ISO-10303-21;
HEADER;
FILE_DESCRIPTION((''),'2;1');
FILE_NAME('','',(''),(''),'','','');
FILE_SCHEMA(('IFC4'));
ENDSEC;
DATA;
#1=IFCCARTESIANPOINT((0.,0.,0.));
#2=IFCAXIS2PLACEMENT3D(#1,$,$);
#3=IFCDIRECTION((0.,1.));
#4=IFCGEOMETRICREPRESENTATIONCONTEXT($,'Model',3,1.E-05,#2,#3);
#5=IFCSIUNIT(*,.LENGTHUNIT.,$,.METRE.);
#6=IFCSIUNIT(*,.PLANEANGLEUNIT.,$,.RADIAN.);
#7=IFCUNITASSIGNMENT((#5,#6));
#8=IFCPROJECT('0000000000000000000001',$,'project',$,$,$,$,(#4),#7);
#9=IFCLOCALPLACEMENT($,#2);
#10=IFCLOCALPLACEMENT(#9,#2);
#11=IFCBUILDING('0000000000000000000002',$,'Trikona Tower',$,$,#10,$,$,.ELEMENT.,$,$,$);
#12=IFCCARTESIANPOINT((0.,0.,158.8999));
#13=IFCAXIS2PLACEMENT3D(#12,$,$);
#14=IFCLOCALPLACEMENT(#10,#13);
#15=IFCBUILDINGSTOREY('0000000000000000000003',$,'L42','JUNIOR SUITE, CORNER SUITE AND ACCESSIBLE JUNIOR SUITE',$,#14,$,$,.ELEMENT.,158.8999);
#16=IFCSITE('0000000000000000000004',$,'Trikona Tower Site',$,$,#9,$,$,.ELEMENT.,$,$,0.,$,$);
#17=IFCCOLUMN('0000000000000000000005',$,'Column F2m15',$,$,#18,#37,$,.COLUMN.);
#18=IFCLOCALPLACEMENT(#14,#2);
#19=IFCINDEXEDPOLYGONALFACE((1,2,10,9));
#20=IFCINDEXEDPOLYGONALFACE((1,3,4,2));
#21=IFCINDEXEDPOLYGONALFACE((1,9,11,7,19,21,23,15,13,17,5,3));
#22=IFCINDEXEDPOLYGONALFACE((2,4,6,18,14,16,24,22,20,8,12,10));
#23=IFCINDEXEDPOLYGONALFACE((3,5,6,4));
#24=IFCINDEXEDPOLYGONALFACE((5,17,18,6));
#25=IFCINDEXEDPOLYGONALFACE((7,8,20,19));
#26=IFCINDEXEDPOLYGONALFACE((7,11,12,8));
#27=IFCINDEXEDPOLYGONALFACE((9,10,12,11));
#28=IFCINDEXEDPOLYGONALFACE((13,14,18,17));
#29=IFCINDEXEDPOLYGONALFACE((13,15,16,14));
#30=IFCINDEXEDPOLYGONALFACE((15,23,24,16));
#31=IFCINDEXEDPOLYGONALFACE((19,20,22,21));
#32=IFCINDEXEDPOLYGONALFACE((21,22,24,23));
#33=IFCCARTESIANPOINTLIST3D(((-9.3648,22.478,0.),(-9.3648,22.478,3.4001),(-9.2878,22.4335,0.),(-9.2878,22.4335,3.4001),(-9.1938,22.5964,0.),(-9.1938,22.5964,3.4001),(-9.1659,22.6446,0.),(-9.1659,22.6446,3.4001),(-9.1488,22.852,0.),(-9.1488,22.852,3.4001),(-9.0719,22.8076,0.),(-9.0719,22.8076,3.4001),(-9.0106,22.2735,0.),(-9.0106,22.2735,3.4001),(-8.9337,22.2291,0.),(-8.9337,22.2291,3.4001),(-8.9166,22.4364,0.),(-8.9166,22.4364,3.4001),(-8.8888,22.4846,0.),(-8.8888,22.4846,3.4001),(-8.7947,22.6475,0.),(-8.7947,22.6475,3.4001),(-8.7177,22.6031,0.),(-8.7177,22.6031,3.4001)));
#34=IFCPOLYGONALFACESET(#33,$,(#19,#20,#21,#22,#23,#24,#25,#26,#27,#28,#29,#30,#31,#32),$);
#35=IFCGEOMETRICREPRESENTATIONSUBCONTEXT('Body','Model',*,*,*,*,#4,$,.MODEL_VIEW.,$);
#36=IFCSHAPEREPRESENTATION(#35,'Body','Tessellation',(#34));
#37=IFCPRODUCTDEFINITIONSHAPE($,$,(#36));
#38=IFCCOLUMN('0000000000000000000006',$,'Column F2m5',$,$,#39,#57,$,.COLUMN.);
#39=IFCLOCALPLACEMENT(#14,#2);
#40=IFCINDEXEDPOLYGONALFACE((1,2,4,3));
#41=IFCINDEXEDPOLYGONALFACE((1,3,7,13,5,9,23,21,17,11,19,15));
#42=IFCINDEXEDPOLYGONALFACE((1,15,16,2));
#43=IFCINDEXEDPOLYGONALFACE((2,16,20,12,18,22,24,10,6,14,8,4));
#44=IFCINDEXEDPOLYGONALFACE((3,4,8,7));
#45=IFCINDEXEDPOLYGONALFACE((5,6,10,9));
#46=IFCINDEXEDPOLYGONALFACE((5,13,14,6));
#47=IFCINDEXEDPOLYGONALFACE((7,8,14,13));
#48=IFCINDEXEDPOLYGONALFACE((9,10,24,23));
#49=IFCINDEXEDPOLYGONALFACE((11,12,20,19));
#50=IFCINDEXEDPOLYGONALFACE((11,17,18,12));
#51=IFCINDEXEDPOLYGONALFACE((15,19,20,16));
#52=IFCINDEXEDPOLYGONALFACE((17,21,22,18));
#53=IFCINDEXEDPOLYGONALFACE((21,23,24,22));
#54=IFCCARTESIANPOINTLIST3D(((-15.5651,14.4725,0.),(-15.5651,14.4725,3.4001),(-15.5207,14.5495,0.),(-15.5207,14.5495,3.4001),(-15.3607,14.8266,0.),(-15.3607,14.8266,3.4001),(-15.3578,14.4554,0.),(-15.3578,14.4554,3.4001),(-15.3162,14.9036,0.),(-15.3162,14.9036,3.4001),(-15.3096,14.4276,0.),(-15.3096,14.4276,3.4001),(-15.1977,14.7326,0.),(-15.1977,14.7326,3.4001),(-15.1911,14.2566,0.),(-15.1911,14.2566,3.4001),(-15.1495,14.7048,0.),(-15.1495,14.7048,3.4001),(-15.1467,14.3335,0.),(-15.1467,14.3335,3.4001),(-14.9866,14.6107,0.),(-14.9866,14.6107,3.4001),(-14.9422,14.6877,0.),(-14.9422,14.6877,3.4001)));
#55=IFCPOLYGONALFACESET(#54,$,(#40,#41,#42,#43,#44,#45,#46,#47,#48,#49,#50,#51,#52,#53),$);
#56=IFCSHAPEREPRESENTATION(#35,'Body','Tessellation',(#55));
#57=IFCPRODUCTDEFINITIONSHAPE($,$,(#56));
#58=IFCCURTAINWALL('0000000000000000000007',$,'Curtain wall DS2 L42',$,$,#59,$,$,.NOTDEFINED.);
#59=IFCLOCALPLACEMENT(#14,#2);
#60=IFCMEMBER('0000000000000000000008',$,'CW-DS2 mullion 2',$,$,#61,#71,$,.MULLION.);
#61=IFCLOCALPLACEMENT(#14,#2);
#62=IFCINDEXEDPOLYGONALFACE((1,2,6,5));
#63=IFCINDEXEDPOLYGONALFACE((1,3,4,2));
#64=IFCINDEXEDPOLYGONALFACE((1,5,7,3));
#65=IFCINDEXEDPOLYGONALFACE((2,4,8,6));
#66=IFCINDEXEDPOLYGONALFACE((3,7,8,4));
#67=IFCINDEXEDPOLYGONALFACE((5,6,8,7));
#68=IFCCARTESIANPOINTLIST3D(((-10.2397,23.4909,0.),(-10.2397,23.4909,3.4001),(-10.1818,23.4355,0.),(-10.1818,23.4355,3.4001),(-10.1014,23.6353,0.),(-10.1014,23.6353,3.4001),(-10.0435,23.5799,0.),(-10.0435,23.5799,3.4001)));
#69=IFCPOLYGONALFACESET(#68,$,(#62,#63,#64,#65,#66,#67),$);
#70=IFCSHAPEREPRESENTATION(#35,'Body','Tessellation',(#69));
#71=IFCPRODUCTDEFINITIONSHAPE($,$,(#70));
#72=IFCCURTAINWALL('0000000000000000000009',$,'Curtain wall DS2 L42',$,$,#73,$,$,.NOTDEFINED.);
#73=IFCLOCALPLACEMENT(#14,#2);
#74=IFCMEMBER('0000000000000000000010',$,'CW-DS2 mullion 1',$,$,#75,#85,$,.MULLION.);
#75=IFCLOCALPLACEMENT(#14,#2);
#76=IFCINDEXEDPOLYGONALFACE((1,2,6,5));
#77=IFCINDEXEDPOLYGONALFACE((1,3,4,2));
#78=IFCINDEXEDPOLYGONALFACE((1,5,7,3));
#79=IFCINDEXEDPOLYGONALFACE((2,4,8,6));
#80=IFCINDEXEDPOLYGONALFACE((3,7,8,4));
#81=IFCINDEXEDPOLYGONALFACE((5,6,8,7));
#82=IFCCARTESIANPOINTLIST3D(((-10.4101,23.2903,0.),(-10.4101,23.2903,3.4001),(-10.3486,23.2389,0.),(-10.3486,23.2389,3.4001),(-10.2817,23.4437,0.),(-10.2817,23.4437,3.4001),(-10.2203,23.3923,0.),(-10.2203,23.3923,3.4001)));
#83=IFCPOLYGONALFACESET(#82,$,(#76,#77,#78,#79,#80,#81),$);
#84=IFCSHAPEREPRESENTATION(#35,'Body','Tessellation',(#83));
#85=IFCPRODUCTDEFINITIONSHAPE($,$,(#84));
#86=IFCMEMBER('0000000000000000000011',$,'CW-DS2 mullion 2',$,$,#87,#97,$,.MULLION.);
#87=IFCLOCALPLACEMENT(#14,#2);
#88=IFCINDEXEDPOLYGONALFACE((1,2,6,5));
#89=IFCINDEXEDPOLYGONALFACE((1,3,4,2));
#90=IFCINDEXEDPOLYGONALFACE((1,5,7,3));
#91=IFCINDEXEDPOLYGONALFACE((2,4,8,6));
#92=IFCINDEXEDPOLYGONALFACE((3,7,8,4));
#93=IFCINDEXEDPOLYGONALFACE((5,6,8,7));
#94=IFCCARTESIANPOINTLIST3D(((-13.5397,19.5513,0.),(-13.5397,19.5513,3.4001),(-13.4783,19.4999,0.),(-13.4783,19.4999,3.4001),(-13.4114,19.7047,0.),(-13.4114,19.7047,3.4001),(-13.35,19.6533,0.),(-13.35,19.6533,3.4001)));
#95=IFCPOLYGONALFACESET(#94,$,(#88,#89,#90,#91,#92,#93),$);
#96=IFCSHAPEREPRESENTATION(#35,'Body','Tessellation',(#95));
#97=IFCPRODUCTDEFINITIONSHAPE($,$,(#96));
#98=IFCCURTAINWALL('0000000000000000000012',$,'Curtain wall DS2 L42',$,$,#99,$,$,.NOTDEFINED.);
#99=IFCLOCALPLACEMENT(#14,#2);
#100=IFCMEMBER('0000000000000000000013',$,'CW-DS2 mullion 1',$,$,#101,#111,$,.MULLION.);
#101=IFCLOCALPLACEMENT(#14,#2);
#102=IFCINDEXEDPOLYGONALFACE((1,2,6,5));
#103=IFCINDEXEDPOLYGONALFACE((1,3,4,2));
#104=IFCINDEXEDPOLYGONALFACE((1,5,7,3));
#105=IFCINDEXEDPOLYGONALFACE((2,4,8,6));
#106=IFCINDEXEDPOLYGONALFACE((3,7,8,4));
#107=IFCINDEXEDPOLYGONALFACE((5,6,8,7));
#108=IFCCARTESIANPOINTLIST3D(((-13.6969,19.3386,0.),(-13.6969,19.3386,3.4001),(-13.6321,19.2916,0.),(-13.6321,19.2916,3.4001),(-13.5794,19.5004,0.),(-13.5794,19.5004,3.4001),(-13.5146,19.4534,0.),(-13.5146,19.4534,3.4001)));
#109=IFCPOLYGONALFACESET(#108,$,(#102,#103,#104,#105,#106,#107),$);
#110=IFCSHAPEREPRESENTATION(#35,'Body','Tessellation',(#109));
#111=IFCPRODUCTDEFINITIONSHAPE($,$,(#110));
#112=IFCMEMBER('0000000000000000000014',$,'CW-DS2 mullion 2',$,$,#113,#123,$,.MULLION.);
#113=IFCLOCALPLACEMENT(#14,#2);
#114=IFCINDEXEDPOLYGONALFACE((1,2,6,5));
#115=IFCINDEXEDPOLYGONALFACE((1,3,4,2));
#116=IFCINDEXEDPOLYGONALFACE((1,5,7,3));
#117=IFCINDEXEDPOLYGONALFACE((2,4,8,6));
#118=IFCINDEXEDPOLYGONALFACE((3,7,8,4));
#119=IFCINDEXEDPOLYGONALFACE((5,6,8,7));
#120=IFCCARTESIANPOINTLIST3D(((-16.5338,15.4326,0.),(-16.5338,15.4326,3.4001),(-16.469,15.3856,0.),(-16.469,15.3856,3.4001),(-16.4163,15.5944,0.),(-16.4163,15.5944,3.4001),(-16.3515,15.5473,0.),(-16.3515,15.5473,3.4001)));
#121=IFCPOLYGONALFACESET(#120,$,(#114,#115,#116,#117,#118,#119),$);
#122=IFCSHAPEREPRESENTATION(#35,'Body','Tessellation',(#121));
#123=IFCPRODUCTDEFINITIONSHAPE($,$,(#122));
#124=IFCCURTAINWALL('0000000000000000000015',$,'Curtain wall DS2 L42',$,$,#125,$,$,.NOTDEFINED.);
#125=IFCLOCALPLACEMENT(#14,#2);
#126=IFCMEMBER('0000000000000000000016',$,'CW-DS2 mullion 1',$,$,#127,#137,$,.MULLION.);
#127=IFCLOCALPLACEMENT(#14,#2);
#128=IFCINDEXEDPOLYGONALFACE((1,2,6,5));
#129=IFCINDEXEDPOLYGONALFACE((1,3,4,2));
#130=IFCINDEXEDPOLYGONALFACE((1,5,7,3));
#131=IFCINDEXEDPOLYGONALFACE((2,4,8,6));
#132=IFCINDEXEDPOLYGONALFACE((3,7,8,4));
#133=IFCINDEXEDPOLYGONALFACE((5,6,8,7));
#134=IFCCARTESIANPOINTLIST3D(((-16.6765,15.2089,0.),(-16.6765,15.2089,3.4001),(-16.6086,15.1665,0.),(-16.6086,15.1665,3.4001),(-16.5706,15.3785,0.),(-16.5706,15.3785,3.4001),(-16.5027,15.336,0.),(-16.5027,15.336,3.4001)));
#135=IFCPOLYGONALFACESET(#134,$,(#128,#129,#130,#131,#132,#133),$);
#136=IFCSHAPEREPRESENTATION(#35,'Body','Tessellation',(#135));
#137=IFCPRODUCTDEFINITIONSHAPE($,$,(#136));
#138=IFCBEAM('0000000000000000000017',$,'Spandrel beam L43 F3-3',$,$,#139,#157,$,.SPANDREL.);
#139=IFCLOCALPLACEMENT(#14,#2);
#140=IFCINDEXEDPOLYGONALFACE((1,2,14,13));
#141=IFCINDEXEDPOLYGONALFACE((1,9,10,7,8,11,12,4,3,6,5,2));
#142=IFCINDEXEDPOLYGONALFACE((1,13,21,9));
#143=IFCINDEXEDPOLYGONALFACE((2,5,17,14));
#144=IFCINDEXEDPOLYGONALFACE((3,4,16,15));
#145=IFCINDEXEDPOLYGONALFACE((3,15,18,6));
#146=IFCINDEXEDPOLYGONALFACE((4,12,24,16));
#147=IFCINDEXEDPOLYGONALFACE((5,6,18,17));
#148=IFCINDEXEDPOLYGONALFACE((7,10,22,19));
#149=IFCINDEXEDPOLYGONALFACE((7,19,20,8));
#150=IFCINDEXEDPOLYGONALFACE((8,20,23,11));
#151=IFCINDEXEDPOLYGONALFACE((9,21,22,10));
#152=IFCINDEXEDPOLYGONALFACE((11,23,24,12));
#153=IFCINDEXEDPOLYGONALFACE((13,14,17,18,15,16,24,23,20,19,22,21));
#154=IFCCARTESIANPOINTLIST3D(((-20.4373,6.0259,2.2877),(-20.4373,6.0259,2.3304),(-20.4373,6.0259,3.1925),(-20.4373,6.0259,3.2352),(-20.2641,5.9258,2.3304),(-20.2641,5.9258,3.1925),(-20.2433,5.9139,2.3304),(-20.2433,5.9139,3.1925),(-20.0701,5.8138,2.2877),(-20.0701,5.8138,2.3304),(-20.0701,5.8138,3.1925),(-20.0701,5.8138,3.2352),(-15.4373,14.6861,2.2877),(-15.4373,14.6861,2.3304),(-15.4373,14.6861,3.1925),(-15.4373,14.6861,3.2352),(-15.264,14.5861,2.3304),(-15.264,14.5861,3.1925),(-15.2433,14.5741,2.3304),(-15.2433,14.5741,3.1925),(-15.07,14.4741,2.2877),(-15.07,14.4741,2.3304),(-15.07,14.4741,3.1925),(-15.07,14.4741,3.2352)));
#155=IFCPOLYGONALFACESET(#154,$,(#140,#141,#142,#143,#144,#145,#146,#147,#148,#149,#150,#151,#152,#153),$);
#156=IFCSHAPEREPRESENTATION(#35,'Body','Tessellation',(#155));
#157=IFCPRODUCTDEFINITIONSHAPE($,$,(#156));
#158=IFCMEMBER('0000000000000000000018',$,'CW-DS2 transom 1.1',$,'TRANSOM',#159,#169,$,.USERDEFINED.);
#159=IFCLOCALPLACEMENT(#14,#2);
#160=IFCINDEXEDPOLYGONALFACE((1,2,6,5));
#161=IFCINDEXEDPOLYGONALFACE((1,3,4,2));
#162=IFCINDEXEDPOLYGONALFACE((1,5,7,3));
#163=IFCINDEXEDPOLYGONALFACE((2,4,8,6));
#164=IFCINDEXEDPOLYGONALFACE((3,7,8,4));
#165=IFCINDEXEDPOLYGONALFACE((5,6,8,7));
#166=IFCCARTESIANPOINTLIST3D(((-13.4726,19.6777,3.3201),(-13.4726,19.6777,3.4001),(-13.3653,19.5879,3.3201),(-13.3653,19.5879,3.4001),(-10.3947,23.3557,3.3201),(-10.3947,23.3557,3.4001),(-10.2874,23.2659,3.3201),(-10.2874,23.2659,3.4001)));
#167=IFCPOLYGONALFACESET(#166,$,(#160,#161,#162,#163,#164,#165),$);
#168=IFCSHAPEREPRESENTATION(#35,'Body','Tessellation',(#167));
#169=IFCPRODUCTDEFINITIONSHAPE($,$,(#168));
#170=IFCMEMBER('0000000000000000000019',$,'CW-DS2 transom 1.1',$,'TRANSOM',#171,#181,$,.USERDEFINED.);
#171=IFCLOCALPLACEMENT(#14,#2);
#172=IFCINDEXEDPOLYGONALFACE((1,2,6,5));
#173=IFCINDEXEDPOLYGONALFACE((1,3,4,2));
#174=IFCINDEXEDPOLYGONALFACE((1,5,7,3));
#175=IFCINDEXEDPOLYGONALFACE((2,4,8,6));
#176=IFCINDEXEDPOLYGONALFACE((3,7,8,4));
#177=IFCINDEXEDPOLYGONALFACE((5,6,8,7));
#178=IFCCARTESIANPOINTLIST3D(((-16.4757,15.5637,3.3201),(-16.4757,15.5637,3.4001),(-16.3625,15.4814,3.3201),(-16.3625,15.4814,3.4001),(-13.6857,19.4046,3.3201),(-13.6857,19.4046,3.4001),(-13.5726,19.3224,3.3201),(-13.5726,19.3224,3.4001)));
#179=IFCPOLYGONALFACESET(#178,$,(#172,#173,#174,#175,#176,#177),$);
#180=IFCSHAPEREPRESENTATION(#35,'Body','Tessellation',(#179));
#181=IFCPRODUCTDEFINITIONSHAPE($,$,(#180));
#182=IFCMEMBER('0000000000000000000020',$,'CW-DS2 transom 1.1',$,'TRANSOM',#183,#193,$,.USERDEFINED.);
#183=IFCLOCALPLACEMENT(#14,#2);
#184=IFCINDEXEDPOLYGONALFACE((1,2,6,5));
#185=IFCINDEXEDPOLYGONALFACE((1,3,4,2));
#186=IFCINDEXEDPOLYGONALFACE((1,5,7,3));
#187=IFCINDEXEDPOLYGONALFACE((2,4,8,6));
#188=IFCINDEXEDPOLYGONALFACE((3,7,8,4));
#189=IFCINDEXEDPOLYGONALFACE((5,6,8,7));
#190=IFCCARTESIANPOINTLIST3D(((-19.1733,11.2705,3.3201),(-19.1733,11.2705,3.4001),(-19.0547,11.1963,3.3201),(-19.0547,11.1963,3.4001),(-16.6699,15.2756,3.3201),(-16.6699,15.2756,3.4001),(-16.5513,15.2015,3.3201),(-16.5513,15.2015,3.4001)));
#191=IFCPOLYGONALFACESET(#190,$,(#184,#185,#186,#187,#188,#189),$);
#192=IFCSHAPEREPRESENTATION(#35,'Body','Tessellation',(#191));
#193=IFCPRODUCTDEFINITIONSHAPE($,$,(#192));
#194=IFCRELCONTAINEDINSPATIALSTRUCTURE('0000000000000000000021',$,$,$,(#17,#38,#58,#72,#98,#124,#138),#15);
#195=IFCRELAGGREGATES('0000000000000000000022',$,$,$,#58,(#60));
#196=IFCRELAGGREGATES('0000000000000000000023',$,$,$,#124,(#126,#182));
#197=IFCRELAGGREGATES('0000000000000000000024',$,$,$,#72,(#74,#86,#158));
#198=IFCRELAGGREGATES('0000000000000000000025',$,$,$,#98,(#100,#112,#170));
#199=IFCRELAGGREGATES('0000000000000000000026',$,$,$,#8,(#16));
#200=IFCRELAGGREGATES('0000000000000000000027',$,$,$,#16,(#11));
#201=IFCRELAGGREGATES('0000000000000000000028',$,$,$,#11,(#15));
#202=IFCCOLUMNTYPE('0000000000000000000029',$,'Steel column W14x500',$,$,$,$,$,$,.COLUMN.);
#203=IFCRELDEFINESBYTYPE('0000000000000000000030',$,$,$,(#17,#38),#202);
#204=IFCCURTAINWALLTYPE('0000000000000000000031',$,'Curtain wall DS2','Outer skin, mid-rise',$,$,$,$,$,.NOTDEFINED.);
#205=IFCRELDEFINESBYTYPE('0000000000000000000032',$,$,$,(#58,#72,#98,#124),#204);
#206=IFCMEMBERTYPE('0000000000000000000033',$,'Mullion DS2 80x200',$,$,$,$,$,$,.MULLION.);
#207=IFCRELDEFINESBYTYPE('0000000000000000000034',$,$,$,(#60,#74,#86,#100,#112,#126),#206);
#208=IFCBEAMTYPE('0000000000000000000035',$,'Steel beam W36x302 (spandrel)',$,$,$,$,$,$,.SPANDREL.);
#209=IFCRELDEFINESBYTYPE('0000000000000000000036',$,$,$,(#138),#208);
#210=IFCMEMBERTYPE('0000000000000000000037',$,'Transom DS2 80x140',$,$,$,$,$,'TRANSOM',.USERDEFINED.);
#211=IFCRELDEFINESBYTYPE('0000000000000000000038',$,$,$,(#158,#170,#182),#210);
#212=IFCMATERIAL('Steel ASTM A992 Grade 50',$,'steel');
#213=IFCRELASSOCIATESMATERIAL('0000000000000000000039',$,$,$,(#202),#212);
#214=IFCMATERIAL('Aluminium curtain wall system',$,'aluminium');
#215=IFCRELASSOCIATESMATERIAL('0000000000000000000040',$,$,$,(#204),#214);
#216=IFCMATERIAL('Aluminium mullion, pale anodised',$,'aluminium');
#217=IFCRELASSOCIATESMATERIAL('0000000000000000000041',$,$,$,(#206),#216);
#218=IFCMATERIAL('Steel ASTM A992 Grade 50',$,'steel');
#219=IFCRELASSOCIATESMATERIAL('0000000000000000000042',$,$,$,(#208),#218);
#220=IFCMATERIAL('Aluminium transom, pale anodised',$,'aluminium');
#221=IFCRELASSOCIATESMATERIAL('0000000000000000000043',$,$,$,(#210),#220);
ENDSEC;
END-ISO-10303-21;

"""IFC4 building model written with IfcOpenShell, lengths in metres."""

from ifc_helpers import new_model, si_unit, direction, frame, origin, origin_2d, place, context, subcontext, project, spatial, rectangle, i_section, extrude, material, material_profile, profile_set, type_object, element, aggregate, save


model = new_model("IFC4")

# Units and contexts
model_context = context("Model", 3, precision=1e-05, world=origin(), true_north=direction((0.0, 1.0)))
body_context = subcontext(model_context, "Body", "Model", "MODEL_VIEW")
ifc_project = project(units=[si_unit("LENGTHUNIT", "METRE"), si_unit("PLANEANGLEUNIT", "RADIAN")], contexts=[model_context])

# Site, building, storey
site_placement = place(None, origin())
site = spatial("IfcSite", under=ifc_project, at=site_placement, Name="Trikona Tower Site", CompositionType="ELEMENT", RefElevation=0.0)
building_placement = place(site_placement, origin())
building = spatial("IfcBuilding", under=site, at=building_placement, Name="Trikona Tower", CompositionType="ELEMENT")
storey_placement = place(building_placement, frame((0.0, 0.0, 158.8999)))
storey = spatial("IfcBuildingStorey", under=building, at=storey_placement, Name="L42", Description="JUNIOR SUITE, CORNER SUITE AND ACCESSIBLE JUNIOR SUITE", CompositionType="ELEMENT", Elevation=158.8999)

# Columns
ifc_material_1 = material(Name="Steel ASTM A992 Grade 50", Category="steel")
ifc_material_profile_1 = material_profile(ifc_material_1, i_section(OverallWidth=0.4319, OverallDepth=0.4978, WebThickness=0.0557, FlangeThickness=0.0889, at=origin_2d()), Name="W14X500")
ifc_profile_set_1 = profile_set([ifc_material_profile_1], Name="Steel ASTM A992 Grade 50")
column_type = type_object("IfcColumnType", Name="Steel column W14x500", PredefinedType="COLUMN", material=ifc_profile_set_1)
for number, where, z_axis, x_axis, name in (
    (1, (-9.0413, 22.5405, 0.0), (0.0, 0.0, 1.0), (-0.5, -0.866025, 0.0), "Column F2m15"),
    (2, (-15.2537, 14.5801, 0.0), (0.0, 0.0, 1.0), (-0.866025, 0.5, 0.0), "Column F2m5"),
):
    element("IfcColumn", number, at=place(storey_placement, frame(where, z_axis=z_axis, x_axis=x_axis)), inside=storey, type_object=column_type, Name=name, PredefinedType="COLUMN", context=body_context, shape_type="SweptSolid", body=[
        extrude(i_section(OverallWidth=0.4319, OverallDepth=0.4978, WebThickness=0.0557, FlangeThickness=0.0889, at=origin_2d()), origin(), (0.0, 0.0, 1.0), 3.4001),
    ])

# Curtain wall, member
ifc_material_2 = material(Name="Aluminium curtain wall system", Category="aluminium")
curtain_wall_type = type_object("IfcCurtainWallType", Name="Curtain wall DS2", Description="Outer skin, mid-rise", PredefinedType="NOTDEFINED", material=ifc_material_2)
curtain_wall_1_placement = place(storey_placement, origin())
curtain_wall_1 = element("IfcCurtainWall", 3, at=curtain_wall_1_placement, inside=storey, type_object=curtain_wall_type, Name="Curtain wall DS2 L42", PredefinedType="NOTDEFINED")
ifc_material_3 = material(Name="Aluminium mullion, pale anodised", Category="aluminium")
ifc_material_profile_2 = material_profile(ifc_material_3, rectangle(XDim=0.0801, YDim=0.2, at=origin_2d()), Name="MUL-DS2")
ifc_profile_set_2 = profile_set([ifc_material_profile_2], Name="Aluminium mullion, pale anodised")
member_type_1 = type_object("IfcMemberType", Name="Mullion DS2 80x200", PredefinedType="MULLION", material=ifc_profile_set_2)
member_1_placement = place(storey_placement, frame((-10.1416, 23.5354, 0.0), z_axis=(0.0, 0.0, 1.0), x_axis=(0.722158, -0.691728, 0.0)))
member_1 = element("IfcMember", 4, at=member_1_placement, type_object=member_type_1, Name="CW-DS2 mullion 2", PredefinedType="MULLION", context=body_context, shape_type="SweptSolid", body=[
    extrude(rectangle(XDim=0.0801, YDim=0.2, at=origin_2d()), origin(), (0.0, 0.0, 1.0), 3.4001),
])
aggregate(curtain_wall_1, [member_1])

# Curtain walls, members
curtain_wall_2_placement = place(storey_placement, origin())
curtain_wall_2 = element("IfcCurtainWall", 5, at=curtain_wall_2_placement, inside=storey, type_object=curtain_wall_type, Name="Curtain wall DS2 L42", PredefinedType="NOTDEFINED")
member_2_placement = place(storey_placement, frame((-10.3152, 23.3413, 0.0), z_axis=(0.0, 0.0, 1.0), x_axis=(0.766867, -0.641806, 0.0)))
member_2 = element("IfcMember", 6, at=member_2_placement, type_object=member_type_1, Name="CW-DS2 mullion 1", PredefinedType="MULLION", context=body_context, shape_type="SweptSolid", body=[
    extrude(rectangle(XDim=0.0801, YDim=0.2, at=origin_2d()), origin(), (0.0, 0.0, 1.0), 3.4001),
])
member_3_placement = place(storey_placement, frame((-13.4448, 19.6023, 0.0), z_axis=(0.0, 0.0, 1.0), x_axis=(0.766867, -0.641806, 0.0)))
member_3 = element("IfcMember", 7, at=member_3_placement, type_object=member_type_1, Name="CW-DS2 mullion 2", PredefinedType="MULLION", context=body_context, shape_type="SweptSolid", body=[
    extrude(rectangle(XDim=0.0801, YDim=0.2, at=origin_2d()), origin(), (0.0, 0.0, 1.0), 3.4001),
])
curtain_wall_3_placement = place(storey_placement, origin())
curtain_wall_3 = element("IfcCurtainWall", 8, at=curtain_wall_3_placement, inside=storey, type_object=curtain_wall_type, Name="Curtain wall DS2 L42", PredefinedType="NOTDEFINED")
member_4_placement = place(storey_placement, frame((-13.6057, 19.396, 0.0), z_axis=(0.0, 0.0, 1.0), x_axis=(0.809086, -0.587691, 0.0)))
member_4 = element("IfcMember", 9, at=member_4_placement, type_object=member_type_1, Name="CW-DS2 mullion 1", PredefinedType="MULLION", context=body_context, shape_type="SweptSolid", body=[
    extrude(rectangle(XDim=0.0801, YDim=0.2, at=origin_2d()), origin(), (0.0, 0.0, 1.0), 3.4001),
])
member_5_placement = place(storey_placement, frame((-16.4426, 15.49, 0.0), z_axis=(0.0, 0.0, 1.0), x_axis=(0.809086, -0.587691, 0.0)))
member_5 = element("IfcMember", 10, at=member_5_placement, type_object=member_type_1, Name="CW-DS2 mullion 2", PredefinedType="MULLION", context=body_context, shape_type="SweptSolid", body=[
    extrude(rectangle(XDim=0.0801, YDim=0.2, at=origin_2d()), origin(), (0.0, 0.0, 1.0), 3.4001),
])

# Curtain wall, member
curtain_wall_4_placement = place(storey_placement, origin())
curtain_wall_4 = element("IfcCurtainWall", 11, at=curtain_wall_4_placement, inside=storey, type_object=curtain_wall_type, Name="Curtain wall DS2 L42", PredefinedType="NOTDEFINED")
member_6_placement = place(storey_placement, frame((-16.5896, 15.2725, 0.0), z_axis=(0.0, 0.0, 1.0), x_axis=(0.847998, -0.529999, 0.0)))
member_6 = element("IfcMember", 12, at=member_6_placement, type_object=member_type_1, Name="CW-DS2 mullion 1", PredefinedType="MULLION", context=body_context, shape_type="SweptSolid", body=[
    extrude(rectangle(XDim=0.0801, YDim=0.2, at=origin_2d()), origin(), (0.0, 0.0, 1.0), 3.4001),
])

# Beam
ifc_material_4 = material(Name="Steel ASTM A992 Grade 50", Category="steel")
ifc_material_profile_3 = material_profile(ifc_material_4, i_section(OverallWidth=0.4241, OverallDepth=0.9475, WebThickness=0.0239, FlangeThickness=0.0427, at=origin_2d()), Name="W36X302")
ifc_profile_set_3 = profile_set([ifc_material_profile_3], Name="Steel ASTM A992 Grade 50")
beam_type = type_object("IfcBeamType", Name="Steel beam W36x302 (spandrel)", PredefinedType="SPANDREL", material=ifc_profile_set_3)
beam_placement = place(storey_placement, frame((-15.2537, 14.5801, 2.7615), z_axis=(-0.500004, -0.866023, 0.0), x_axis=(0.866023, -0.500004, 0.0)))
element("IfcBeam", 13, at=beam_placement, inside=storey, type_object=beam_type, Name="Spandrel beam L43 F3-3", PredefinedType="SPANDREL", context=body_context, shape_type="SweptSolid", body=[
    extrude(i_section(OverallWidth=0.4241, OverallDepth=0.9475, WebThickness=0.0239, FlangeThickness=0.0427, at=origin_2d()), origin(), (0.0, 0.0, 1.0), 10.0),
])

# Members
ifc_material_5 = material(Name="Aluminium transom, pale anodised", Category="aluminium")
ifc_material_profile_4 = material_profile(ifc_material_5, rectangle(XDim=0.1399, YDim=0.0801, at=origin_2d()), Name="TRN-DS2")
ifc_profile_set_4 = profile_set([ifc_material_profile_4], Name="Aluminium transom, pale anodised")
member_type_2 = type_object("IfcMemberType", Name="Transom DS2 80x140", ElementType="TRANSOM", PredefinedType="USERDEFINED", material=ifc_profile_set_4)
member_7_placement = place(storey_placement, frame((-10.3411, 23.3108, 3.3601), z_axis=(-0.64177, -0.766897, 0.0), x_axis=(0.766897, -0.64177, 0.0)))
member_7 = element("IfcMember", 14, at=member_7_placement, type_object=member_type_2, Name="CW-DS2 transom 1.1", ObjectType="TRANSOM", PredefinedType="USERDEFINED", context=body_context, shape_type="SweptSolid", body=[
    extrude(rectangle(XDim=0.1399, YDim=0.0801, at=origin_2d()), origin(), (0.0, 0.0, 1.0), 4.7959),
])
member_8_placement = place(storey_placement, frame((-13.6292, 19.3635, 3.3601), z_axis=(-0.587695, -0.809083, 0.0), x_axis=(0.809083, -0.587695, 0.0)))
member_8 = element("IfcMember", 15, at=member_8_placement, type_object=member_type_2, Name="CW-DS2 transom 1.1", ObjectType="TRANSOM", PredefinedType="USERDEFINED", context=body_context, shape_type="SweptSolid", body=[
    extrude(rectangle(XDim=0.1399, YDim=0.0801, at=origin_2d()), origin(), (0.0, 0.0, 1.0), 4.7473),
])
member_9_placement = place(storey_placement, frame((-16.6106, 15.2385, 3.3601), z_axis=(-0.530031, -0.847978, 0.0), x_axis=(0.847978, -0.530031, 0.0)))
member_9 = element("IfcMember", 16, at=member_9_placement, type_object=member_type_2, Name="CW-DS2 transom 1.1", ObjectType="TRANSOM", PredefinedType="USERDEFINED", context=body_context, shape_type="SweptSolid", body=[
    extrude(rectangle(XDim=0.1399, YDim=0.0801, at=origin_2d()), origin(), (0.0, 0.0, 1.0), 4.7231),
])
aggregate(curtain_wall_4, [member_6, member_9])

aggregate(curtain_wall_2, [member_2, member_3, member_7])
aggregate(curtain_wall_3, [member_4, member_5, member_8])

save(model, "model.ifc")
